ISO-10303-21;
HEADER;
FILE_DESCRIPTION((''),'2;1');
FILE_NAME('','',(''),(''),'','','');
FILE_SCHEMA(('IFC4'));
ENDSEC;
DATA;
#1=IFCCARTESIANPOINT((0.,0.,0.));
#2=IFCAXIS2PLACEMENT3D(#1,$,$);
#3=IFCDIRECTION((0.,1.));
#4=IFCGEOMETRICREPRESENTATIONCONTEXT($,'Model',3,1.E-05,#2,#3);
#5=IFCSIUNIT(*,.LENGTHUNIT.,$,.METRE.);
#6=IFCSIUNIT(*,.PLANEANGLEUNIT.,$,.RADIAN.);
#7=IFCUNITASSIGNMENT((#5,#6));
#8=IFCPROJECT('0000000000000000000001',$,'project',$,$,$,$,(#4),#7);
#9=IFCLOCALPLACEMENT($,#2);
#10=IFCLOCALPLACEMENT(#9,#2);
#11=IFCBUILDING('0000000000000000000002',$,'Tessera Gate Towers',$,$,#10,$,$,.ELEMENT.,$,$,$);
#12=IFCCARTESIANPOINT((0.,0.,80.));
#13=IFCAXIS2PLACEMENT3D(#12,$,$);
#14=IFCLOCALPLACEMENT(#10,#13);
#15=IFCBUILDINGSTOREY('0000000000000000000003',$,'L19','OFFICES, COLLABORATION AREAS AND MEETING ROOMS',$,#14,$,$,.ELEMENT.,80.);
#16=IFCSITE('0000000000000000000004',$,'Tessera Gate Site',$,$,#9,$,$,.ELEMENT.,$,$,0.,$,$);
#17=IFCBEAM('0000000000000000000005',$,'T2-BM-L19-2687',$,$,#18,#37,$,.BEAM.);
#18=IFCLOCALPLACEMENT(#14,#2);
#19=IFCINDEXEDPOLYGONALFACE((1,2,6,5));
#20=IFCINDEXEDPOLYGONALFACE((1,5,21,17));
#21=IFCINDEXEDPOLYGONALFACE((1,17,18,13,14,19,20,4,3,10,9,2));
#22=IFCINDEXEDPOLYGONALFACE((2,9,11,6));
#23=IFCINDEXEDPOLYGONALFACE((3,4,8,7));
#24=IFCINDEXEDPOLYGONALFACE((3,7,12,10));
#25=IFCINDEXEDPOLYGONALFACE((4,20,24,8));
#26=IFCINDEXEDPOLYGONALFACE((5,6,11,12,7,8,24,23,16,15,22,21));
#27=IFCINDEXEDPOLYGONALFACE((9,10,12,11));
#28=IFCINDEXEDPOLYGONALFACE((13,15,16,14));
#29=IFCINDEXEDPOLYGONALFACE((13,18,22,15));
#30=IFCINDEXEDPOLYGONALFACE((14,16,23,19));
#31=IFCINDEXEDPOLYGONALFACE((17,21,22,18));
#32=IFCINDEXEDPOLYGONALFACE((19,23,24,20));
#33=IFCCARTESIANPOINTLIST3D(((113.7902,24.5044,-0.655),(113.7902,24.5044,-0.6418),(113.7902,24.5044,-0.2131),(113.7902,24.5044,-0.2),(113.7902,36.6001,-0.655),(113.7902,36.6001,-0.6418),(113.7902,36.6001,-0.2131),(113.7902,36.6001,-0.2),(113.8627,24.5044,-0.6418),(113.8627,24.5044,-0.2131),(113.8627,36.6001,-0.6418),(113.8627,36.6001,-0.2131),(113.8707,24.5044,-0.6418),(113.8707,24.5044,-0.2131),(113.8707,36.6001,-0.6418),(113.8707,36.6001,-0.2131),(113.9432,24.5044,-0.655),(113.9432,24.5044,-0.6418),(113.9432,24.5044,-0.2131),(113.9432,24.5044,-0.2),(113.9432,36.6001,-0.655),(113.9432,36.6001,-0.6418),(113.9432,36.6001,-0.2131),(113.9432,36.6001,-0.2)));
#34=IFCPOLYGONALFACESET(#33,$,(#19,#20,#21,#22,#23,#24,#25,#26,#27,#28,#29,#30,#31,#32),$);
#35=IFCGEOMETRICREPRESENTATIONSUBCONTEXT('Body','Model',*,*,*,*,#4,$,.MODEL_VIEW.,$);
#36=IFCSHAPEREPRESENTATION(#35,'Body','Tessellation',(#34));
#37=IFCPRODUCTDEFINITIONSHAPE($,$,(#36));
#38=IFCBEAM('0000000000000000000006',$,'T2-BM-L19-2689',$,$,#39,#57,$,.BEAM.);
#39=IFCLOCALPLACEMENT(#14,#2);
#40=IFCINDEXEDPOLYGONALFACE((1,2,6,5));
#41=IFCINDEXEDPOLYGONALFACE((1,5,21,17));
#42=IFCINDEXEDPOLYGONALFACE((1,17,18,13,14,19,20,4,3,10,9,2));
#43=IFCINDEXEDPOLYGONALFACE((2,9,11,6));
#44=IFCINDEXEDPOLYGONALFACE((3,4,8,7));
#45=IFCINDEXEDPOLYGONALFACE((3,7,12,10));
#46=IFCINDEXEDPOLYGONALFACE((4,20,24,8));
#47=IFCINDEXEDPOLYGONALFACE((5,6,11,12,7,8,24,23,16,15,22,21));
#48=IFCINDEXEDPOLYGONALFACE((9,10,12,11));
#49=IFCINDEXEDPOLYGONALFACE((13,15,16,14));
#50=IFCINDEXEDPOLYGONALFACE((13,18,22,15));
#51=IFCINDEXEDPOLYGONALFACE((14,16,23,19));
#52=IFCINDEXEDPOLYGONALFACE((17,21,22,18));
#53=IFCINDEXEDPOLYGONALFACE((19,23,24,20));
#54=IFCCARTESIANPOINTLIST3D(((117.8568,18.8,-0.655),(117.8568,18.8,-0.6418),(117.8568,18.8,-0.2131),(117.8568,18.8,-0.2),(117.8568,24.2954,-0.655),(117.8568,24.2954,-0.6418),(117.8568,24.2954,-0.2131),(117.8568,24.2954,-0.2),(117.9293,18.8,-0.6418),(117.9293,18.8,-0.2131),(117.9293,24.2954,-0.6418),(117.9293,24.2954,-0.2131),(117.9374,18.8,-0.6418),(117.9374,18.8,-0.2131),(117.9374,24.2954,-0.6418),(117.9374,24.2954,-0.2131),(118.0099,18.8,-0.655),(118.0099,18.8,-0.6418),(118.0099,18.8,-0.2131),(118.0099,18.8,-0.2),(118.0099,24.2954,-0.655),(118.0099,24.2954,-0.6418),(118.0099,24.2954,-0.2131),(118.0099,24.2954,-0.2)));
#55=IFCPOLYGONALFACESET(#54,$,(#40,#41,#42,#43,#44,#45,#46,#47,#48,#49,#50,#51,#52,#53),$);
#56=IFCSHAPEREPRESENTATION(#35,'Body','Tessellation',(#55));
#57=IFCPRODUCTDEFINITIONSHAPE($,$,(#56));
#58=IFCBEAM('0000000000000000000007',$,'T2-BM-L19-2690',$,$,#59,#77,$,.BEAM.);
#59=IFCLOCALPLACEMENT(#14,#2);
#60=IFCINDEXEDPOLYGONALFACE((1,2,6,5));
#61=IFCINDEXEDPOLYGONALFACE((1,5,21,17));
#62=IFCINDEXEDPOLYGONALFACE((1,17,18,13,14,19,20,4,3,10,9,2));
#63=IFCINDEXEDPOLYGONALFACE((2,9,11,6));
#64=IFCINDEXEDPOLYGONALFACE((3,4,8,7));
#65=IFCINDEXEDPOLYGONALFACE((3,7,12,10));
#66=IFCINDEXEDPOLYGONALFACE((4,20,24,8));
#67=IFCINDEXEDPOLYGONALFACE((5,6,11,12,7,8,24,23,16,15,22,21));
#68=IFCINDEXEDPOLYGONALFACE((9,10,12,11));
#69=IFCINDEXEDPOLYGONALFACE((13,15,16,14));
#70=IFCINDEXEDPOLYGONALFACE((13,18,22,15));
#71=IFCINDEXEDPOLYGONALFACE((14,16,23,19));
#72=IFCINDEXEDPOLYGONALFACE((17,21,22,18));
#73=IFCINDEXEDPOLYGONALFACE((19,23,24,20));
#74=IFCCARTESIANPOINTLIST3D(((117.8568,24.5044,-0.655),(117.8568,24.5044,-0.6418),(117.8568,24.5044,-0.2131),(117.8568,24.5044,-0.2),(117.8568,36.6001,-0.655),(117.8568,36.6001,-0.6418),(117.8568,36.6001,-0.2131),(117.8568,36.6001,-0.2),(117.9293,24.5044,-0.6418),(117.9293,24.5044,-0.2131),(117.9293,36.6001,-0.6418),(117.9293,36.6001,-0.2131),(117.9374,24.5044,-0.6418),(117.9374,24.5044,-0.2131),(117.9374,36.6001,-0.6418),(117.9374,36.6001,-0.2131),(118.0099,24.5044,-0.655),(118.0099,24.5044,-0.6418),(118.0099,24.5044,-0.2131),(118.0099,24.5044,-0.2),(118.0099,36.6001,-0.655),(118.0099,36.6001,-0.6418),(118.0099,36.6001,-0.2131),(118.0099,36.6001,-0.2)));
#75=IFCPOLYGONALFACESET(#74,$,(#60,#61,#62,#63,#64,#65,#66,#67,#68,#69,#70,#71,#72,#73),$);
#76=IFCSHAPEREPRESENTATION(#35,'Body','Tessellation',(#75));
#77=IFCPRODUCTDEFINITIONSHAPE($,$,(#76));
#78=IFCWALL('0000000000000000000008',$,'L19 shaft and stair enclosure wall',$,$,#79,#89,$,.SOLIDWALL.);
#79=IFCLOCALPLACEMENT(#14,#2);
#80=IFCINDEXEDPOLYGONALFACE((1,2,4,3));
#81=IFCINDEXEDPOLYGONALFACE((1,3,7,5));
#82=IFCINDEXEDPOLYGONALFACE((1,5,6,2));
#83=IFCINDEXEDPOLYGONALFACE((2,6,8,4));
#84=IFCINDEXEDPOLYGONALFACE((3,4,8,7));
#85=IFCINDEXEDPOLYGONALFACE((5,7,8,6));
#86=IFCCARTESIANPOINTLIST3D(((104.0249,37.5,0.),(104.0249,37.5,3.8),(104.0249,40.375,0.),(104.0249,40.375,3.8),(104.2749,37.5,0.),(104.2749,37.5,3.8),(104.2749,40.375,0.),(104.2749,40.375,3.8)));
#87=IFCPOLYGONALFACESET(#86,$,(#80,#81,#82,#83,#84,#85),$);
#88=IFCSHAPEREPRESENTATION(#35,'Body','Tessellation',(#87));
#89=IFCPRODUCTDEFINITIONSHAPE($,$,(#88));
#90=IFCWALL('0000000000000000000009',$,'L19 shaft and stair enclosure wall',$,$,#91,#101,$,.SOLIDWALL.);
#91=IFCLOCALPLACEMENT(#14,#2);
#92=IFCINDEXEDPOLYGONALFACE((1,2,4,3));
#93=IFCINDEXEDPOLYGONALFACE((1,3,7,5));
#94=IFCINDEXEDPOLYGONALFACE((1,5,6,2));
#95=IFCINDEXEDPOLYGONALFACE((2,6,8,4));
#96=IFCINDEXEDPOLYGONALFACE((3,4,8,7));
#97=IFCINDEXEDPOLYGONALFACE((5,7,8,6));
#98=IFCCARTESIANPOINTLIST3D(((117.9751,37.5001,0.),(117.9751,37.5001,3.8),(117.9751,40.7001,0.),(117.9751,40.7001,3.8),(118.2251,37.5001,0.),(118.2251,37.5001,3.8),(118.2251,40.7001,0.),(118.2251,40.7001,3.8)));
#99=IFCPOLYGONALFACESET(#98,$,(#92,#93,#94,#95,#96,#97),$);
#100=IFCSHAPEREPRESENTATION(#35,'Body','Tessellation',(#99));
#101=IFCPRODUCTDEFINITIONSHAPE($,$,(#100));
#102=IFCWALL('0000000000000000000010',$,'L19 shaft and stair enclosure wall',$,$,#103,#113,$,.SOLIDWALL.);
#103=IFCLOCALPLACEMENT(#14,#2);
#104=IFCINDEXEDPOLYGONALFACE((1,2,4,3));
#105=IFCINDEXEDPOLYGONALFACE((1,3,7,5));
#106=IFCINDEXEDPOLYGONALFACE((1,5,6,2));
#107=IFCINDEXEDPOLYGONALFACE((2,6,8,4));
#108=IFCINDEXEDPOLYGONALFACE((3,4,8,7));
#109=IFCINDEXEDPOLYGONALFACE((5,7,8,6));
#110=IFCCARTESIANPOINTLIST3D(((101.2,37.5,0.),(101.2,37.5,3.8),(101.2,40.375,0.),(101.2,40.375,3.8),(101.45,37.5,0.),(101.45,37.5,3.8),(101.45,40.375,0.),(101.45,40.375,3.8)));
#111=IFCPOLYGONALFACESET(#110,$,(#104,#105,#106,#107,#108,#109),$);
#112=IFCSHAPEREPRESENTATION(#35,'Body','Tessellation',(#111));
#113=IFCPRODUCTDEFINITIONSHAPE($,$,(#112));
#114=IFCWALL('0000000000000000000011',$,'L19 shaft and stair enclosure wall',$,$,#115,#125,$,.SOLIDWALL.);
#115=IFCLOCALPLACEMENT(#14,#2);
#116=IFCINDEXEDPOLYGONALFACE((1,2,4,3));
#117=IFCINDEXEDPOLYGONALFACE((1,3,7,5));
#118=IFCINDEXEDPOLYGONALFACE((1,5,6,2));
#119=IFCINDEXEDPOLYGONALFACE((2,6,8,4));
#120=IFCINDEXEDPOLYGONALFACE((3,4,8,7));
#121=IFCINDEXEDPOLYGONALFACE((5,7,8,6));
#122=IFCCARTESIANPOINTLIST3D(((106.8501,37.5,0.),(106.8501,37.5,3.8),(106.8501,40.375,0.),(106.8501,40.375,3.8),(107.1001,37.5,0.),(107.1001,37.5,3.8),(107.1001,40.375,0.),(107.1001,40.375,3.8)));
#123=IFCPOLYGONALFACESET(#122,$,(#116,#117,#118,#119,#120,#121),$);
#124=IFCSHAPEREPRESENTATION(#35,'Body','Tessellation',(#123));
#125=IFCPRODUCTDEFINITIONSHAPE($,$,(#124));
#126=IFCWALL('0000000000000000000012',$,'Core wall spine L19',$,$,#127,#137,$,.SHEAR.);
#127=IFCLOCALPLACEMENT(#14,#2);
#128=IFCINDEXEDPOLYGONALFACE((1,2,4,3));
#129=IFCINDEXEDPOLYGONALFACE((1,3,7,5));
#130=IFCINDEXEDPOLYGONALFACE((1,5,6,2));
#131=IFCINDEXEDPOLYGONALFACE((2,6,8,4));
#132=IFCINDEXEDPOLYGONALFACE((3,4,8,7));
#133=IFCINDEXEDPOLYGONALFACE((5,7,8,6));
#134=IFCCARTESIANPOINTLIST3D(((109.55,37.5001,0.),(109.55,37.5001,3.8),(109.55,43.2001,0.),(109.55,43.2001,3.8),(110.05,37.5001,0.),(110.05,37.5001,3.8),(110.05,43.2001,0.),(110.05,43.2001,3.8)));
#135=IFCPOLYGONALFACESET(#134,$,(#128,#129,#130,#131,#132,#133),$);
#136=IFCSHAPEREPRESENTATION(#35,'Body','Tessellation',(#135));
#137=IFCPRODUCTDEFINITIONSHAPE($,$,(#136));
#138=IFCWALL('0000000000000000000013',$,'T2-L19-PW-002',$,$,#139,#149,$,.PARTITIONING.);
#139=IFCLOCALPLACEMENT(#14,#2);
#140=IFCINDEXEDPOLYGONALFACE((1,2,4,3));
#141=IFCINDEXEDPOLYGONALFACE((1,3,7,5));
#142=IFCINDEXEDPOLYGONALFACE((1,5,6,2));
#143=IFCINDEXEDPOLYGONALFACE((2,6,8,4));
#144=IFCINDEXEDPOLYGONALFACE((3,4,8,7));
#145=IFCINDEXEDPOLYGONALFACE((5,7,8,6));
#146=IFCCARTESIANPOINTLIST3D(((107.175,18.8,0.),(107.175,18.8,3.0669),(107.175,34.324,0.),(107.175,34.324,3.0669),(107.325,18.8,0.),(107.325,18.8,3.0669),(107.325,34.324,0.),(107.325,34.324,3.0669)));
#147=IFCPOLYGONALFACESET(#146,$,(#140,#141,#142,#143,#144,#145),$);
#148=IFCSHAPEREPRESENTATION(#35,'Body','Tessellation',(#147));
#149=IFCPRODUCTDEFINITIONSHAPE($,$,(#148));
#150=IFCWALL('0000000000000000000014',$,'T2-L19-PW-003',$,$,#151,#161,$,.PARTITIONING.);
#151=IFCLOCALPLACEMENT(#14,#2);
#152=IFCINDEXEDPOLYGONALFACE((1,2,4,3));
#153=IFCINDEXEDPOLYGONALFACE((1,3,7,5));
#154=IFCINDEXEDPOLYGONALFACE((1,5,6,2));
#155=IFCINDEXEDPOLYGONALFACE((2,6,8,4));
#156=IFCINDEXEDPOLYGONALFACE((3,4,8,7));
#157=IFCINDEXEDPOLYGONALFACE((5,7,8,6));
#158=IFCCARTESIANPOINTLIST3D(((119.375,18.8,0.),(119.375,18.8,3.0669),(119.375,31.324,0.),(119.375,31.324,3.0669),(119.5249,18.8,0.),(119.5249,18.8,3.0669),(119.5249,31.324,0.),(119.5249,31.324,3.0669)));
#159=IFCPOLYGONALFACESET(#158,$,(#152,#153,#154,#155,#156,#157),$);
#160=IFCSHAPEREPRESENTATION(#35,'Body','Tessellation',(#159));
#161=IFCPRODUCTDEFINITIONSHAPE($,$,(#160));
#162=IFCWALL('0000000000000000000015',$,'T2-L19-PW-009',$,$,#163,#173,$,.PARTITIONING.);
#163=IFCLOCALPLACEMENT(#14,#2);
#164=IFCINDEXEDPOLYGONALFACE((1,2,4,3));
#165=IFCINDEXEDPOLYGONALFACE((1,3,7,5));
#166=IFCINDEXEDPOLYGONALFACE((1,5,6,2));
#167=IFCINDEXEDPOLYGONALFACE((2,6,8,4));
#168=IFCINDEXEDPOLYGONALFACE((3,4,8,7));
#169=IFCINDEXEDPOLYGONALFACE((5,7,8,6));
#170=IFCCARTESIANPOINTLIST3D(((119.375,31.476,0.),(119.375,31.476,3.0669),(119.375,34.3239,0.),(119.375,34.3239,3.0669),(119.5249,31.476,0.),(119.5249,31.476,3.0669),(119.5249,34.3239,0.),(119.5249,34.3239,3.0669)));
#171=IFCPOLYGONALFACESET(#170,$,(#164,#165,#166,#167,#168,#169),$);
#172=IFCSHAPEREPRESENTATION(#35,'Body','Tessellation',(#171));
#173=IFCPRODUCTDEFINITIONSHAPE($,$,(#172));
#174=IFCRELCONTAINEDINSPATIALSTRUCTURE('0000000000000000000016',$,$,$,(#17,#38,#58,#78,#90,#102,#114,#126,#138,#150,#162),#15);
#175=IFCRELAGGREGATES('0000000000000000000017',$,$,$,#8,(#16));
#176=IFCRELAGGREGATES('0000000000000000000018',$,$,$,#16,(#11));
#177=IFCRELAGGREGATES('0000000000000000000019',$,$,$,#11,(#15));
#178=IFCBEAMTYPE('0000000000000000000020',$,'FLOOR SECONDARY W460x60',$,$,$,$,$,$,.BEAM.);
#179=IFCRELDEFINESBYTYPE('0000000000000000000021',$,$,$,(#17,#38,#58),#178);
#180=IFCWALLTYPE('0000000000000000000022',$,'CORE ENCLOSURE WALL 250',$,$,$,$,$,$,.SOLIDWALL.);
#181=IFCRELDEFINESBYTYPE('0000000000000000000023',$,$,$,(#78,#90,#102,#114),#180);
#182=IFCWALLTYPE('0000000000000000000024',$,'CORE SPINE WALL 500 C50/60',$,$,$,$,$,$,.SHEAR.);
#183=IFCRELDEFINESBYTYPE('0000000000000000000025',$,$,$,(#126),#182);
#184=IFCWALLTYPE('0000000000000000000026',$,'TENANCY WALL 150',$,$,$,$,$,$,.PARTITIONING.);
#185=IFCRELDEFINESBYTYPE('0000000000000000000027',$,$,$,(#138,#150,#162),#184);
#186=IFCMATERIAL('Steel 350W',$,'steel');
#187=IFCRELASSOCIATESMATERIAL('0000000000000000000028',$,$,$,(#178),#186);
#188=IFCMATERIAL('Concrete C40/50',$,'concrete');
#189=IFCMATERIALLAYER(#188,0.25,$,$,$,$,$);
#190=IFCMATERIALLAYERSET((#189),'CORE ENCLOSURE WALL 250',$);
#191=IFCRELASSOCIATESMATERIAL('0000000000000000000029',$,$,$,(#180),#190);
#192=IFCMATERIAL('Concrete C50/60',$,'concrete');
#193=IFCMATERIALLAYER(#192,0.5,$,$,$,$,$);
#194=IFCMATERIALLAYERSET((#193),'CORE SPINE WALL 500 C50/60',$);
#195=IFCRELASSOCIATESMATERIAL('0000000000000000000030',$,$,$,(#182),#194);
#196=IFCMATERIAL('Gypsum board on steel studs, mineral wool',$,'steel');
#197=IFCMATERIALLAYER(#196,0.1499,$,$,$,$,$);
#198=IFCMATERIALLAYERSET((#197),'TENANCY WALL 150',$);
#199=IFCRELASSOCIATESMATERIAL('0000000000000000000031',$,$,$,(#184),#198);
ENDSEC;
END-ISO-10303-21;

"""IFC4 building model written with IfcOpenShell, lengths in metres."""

from ifc_helpers import new_model, si_unit, direction, frame, frame_2d, origin, origin_2d, place, context, subcontext, project, spatial, rectangle, i_section, extrude, material, layer, layer_set, material_profile, profile_set, type_object, element, save


model = new_model("IFC4")

# Units and contexts
model_context = context("Model", 3, precision=1e-05, world=origin(), true_north=direction((0.0, 1.0)))
body_context = subcontext(model_context, "Body", "Model", "MODEL_VIEW")
ifc_project = project(units=[si_unit("LENGTHUNIT", "METRE"), si_unit("PLANEANGLEUNIT", "RADIAN")], contexts=[model_context])

# Site, building, storey
site_placement = place(None, origin())
site = spatial("IfcSite", under=ifc_project, at=site_placement, Name="Tessera Gate Site", CompositionType="ELEMENT", RefElevation=0.0)
building_placement = place(site_placement, origin())
building = spatial("IfcBuilding", under=site, at=building_placement, Name="Tessera Gate Towers", CompositionType="ELEMENT")
storey_placement = place(building_placement, frame((0.0, 0.0, 80.0)))
storey = spatial("IfcBuildingStorey", under=building, at=storey_placement, Name="L19", Description="OFFICES, COLLABORATION AREAS AND MEETING ROOMS", CompositionType="ELEMENT", Elevation=80.0)

# Beams
ifc_material_1 = material(Name="Steel 350W", Category="steel")
ifc_material_profile_1 = material_profile(ifc_material_1, i_section(OverallWidth=0.1531, OverallDepth=0.4551, WebThickness=0.0081, FlangeThickness=0.0132, at=origin_2d()), Name="W460x60")
ifc_profile_set_1 = profile_set([ifc_material_profile_1], Name="Steel 350W")
beam_type_1 = type_object("IfcBeamType", Name="FLOOR SECONDARY W460x60", PredefinedType="BEAM", material=ifc_profile_set_1)
beam_1_placement = place(storey_placement, frame((113.8667, 24.5044, -0.4275), z_axis=(0.0, 1.0, 0.0), x_axis=(-1.0, 0.0, 0.0)))
element("IfcBeam", 1, at=beam_1_placement, inside=storey, type_object=beam_type_1, Name="T2-BM-L19-2687", PredefinedType="BEAM", context=body_context, shape_type="SweptSolid", body=[
    extrude(i_section(OverallWidth=0.1531, OverallDepth=0.4551, WebThickness=0.0081, FlangeThickness=0.0132, at=origin_2d()), origin(), (0.0, 0.0, 1.0), 12.0957),
])
beam_2_placement = place(storey_placement, frame((117.9333, 18.8, -0.4275), z_axis=(0.0, 1.0, 0.0), x_axis=(-1.0, 0.0, 0.0)))
element("IfcBeam", 2, at=beam_2_placement, inside=storey, type_object=beam_type_1, Name="T2-BM-L19-2689", PredefinedType="BEAM", context=body_context, shape_type="SweptSolid", body=[
    extrude(i_section(OverallWidth=0.1531, OverallDepth=0.4551, WebThickness=0.0081, FlangeThickness=0.0132, at=origin_2d()), origin(), (0.0, 0.0, 1.0), 5.4954),
])
beam_3_placement = place(storey_placement, frame((117.9333, 24.5044, -0.4275), z_axis=(0.0, 1.0, 0.0), x_axis=(-1.0, 0.0, 0.0)))
element("IfcBeam", 3, at=beam_3_placement, inside=storey, type_object=beam_type_1, Name="T2-BM-L19-2690", PredefinedType="BEAM", context=body_context, shape_type="SweptSolid", body=[
    extrude(i_section(OverallWidth=0.1531, OverallDepth=0.4551, WebThickness=0.0081, FlangeThickness=0.0132, at=origin_2d()), origin(), (0.0, 0.0, 1.0), 12.0957),
])

# Walls
ifc_material_2 = material(Name="Concrete C40/50", Category="concrete")
ifc_layer_1 = layer(ifc_material_2, 0.25)
ifc_layer_set_1 = layer_set([ifc_layer_1], Name="CORE ENCLOSURE WALL 250")
wall_type_1 = type_object("IfcWallType", Name="CORE ENCLOSURE WALL 250", PredefinedType="SOLIDWALL", material=ifc_layer_set_1)
wall_1_placement = place(storey_placement, frame((104.1499, 37.5, 0.0), z_axis=(0.0, 0.0, 1.0), x_axis=(0.0, 1.0, 0.0)))
element("IfcWall", 4, at=wall_1_placement, inside=storey, type_object=wall_type_1, Name="L19 shaft and stair enclosure wall", PredefinedType="SOLIDWALL", context=body_context, shape_type="SweptSolid", body=[
    extrude(rectangle(XDim=2.875, YDim=0.25, at=frame_2d((1.4375, 0.0))), origin(), (0.0, 0.0, 1.0), 3.8),
])
wall_2_placement = place(storey_placement, frame((118.1001, 37.5, 0.0), z_axis=(0.0, 0.0, 1.0), x_axis=(0.0, 1.0, 0.0)))
element("IfcWall", 5, at=wall_2_placement, inside=storey, type_object=wall_type_1, Name="L19 shaft and stair enclosure wall", PredefinedType="SOLIDWALL", context=body_context, shape_type="SweptSolid", body=[
    extrude(rectangle(XDim=3.2, YDim=0.25, at=frame_2d((1.6001, 0.0))), origin(), (0.0, 0.0, 1.0), 3.8),
])
for number, where, z_axis, x_axis, name in (
    (6, (101.325, 37.5, 0.0), (0.0, 0.0, 1.0), (0.0, 1.0, 0.0), "L19 shaft and stair enclosure wall"),
    (7, (106.9751, 37.5, 0.0), (0.0, 0.0, 1.0), (0.0, 1.0, 0.0), "L19 shaft and stair enclosure wall"),
):
    element("IfcWall", number, at=place(storey_placement, frame(where, z_axis=z_axis, x_axis=x_axis)), inside=storey, type_object=wall_type_1, Name=name, PredefinedType="SOLIDWALL", context=body_context, shape_type="SweptSolid", body=[
        extrude(rectangle(XDim=2.875, YDim=0.25, at=frame_2d((1.4375, 0.0))), origin(), (0.0, 0.0, 1.0), 3.8),
    ])
ifc_material_3 = material(Name="Concrete C50/60", Category="concrete")
ifc_layer_2 = layer(ifc_material_3, 0.5)
ifc_layer_set_2 = layer_set([ifc_layer_2], Name="CORE SPINE WALL 500 C50/60")
wall_type_2 = type_object("IfcWallType", Name="CORE SPINE WALL 500 C50/60", PredefinedType="SHEAR", material=ifc_layer_set_2)
wall_3_placement = place(storey_placement, frame((109.8, 37.5, 0.0), z_axis=(0.0, 0.0, 1.0), x_axis=(0.0, 1.0, 0.0)))
element("IfcWall", 8, at=wall_3_placement, inside=storey, type_object=wall_type_2, Name="Core wall spine L19", PredefinedType="SHEAR", context=body_context, shape_type="SweptSolid", body=[
    extrude(rectangle(XDim=5.7, YDim=0.5, at=frame_2d((2.8501, 0.0))), origin(), (0.0, 0.0, 1.0), 3.8),
])
ifc_material_4 = material(Name="Gypsum board on steel studs, mineral wool", Category="steel")
ifc_layer_3 = layer(ifc_material_4, 0.1499)
ifc_layer_set_3 = layer_set([ifc_layer_3], Name="TENANCY WALL 150")
wall_type_3 = type_object("IfcWallType", Name="TENANCY WALL 150", PredefinedType="PARTITIONING", material=ifc_layer_set_3)
wall_4_placement = place(storey_placement, frame((107.25, 18.8, 0.0), z_axis=(0.0, 0.0, 1.0), x_axis=(0.0, 1.0, 0.0)))
element("IfcWall", 9, at=wall_4_placement, inside=storey, type_object=wall_type_3, Name="T2-L19-PW-002", PredefinedType="PARTITIONING", context=body_context, shape_type="SweptSolid", body=[
    extrude(rectangle(XDim=15.5239, YDim=0.1499, at=frame_2d((7.762, 0.0))), origin(), (0.0, 0.0, 1.0), 3.0669),
])
wall_5_placement = place(storey_placement, frame((119.45, 18.8, 0.0), z_axis=(0.0, 0.0, 1.0), x_axis=(0.0, 1.0, 0.0)))
element("IfcWall", 10, at=wall_5_placement, inside=storey, type_object=wall_type_3, Name="T2-L19-PW-003", PredefinedType="PARTITIONING", context=body_context, shape_type="SweptSolid", body=[
    extrude(rectangle(XDim=12.5239, YDim=0.1499, at=frame_2d((6.262, 0.0))), origin(), (0.0, 0.0, 1.0), 3.0669),
])
wall_6_placement = place(storey_placement, frame((119.45, 31.4761, 0.0), z_axis=(0.0, 0.0, 1.0), x_axis=(0.0, 1.0, 0.0)))
element("IfcWall", 11, at=wall_6_placement, inside=storey, type_object=wall_type_3, Name="T2-L19-PW-009", PredefinedType="PARTITIONING", context=body_context, shape_type="SweptSolid", body=[
    extrude(rectangle(XDim=2.8479, YDim=0.1499, at=frame_2d((1.4238, 0.0))), origin(), (0.0, 0.0, 1.0), 3.0669),
])

save(model, "model.ifc")
